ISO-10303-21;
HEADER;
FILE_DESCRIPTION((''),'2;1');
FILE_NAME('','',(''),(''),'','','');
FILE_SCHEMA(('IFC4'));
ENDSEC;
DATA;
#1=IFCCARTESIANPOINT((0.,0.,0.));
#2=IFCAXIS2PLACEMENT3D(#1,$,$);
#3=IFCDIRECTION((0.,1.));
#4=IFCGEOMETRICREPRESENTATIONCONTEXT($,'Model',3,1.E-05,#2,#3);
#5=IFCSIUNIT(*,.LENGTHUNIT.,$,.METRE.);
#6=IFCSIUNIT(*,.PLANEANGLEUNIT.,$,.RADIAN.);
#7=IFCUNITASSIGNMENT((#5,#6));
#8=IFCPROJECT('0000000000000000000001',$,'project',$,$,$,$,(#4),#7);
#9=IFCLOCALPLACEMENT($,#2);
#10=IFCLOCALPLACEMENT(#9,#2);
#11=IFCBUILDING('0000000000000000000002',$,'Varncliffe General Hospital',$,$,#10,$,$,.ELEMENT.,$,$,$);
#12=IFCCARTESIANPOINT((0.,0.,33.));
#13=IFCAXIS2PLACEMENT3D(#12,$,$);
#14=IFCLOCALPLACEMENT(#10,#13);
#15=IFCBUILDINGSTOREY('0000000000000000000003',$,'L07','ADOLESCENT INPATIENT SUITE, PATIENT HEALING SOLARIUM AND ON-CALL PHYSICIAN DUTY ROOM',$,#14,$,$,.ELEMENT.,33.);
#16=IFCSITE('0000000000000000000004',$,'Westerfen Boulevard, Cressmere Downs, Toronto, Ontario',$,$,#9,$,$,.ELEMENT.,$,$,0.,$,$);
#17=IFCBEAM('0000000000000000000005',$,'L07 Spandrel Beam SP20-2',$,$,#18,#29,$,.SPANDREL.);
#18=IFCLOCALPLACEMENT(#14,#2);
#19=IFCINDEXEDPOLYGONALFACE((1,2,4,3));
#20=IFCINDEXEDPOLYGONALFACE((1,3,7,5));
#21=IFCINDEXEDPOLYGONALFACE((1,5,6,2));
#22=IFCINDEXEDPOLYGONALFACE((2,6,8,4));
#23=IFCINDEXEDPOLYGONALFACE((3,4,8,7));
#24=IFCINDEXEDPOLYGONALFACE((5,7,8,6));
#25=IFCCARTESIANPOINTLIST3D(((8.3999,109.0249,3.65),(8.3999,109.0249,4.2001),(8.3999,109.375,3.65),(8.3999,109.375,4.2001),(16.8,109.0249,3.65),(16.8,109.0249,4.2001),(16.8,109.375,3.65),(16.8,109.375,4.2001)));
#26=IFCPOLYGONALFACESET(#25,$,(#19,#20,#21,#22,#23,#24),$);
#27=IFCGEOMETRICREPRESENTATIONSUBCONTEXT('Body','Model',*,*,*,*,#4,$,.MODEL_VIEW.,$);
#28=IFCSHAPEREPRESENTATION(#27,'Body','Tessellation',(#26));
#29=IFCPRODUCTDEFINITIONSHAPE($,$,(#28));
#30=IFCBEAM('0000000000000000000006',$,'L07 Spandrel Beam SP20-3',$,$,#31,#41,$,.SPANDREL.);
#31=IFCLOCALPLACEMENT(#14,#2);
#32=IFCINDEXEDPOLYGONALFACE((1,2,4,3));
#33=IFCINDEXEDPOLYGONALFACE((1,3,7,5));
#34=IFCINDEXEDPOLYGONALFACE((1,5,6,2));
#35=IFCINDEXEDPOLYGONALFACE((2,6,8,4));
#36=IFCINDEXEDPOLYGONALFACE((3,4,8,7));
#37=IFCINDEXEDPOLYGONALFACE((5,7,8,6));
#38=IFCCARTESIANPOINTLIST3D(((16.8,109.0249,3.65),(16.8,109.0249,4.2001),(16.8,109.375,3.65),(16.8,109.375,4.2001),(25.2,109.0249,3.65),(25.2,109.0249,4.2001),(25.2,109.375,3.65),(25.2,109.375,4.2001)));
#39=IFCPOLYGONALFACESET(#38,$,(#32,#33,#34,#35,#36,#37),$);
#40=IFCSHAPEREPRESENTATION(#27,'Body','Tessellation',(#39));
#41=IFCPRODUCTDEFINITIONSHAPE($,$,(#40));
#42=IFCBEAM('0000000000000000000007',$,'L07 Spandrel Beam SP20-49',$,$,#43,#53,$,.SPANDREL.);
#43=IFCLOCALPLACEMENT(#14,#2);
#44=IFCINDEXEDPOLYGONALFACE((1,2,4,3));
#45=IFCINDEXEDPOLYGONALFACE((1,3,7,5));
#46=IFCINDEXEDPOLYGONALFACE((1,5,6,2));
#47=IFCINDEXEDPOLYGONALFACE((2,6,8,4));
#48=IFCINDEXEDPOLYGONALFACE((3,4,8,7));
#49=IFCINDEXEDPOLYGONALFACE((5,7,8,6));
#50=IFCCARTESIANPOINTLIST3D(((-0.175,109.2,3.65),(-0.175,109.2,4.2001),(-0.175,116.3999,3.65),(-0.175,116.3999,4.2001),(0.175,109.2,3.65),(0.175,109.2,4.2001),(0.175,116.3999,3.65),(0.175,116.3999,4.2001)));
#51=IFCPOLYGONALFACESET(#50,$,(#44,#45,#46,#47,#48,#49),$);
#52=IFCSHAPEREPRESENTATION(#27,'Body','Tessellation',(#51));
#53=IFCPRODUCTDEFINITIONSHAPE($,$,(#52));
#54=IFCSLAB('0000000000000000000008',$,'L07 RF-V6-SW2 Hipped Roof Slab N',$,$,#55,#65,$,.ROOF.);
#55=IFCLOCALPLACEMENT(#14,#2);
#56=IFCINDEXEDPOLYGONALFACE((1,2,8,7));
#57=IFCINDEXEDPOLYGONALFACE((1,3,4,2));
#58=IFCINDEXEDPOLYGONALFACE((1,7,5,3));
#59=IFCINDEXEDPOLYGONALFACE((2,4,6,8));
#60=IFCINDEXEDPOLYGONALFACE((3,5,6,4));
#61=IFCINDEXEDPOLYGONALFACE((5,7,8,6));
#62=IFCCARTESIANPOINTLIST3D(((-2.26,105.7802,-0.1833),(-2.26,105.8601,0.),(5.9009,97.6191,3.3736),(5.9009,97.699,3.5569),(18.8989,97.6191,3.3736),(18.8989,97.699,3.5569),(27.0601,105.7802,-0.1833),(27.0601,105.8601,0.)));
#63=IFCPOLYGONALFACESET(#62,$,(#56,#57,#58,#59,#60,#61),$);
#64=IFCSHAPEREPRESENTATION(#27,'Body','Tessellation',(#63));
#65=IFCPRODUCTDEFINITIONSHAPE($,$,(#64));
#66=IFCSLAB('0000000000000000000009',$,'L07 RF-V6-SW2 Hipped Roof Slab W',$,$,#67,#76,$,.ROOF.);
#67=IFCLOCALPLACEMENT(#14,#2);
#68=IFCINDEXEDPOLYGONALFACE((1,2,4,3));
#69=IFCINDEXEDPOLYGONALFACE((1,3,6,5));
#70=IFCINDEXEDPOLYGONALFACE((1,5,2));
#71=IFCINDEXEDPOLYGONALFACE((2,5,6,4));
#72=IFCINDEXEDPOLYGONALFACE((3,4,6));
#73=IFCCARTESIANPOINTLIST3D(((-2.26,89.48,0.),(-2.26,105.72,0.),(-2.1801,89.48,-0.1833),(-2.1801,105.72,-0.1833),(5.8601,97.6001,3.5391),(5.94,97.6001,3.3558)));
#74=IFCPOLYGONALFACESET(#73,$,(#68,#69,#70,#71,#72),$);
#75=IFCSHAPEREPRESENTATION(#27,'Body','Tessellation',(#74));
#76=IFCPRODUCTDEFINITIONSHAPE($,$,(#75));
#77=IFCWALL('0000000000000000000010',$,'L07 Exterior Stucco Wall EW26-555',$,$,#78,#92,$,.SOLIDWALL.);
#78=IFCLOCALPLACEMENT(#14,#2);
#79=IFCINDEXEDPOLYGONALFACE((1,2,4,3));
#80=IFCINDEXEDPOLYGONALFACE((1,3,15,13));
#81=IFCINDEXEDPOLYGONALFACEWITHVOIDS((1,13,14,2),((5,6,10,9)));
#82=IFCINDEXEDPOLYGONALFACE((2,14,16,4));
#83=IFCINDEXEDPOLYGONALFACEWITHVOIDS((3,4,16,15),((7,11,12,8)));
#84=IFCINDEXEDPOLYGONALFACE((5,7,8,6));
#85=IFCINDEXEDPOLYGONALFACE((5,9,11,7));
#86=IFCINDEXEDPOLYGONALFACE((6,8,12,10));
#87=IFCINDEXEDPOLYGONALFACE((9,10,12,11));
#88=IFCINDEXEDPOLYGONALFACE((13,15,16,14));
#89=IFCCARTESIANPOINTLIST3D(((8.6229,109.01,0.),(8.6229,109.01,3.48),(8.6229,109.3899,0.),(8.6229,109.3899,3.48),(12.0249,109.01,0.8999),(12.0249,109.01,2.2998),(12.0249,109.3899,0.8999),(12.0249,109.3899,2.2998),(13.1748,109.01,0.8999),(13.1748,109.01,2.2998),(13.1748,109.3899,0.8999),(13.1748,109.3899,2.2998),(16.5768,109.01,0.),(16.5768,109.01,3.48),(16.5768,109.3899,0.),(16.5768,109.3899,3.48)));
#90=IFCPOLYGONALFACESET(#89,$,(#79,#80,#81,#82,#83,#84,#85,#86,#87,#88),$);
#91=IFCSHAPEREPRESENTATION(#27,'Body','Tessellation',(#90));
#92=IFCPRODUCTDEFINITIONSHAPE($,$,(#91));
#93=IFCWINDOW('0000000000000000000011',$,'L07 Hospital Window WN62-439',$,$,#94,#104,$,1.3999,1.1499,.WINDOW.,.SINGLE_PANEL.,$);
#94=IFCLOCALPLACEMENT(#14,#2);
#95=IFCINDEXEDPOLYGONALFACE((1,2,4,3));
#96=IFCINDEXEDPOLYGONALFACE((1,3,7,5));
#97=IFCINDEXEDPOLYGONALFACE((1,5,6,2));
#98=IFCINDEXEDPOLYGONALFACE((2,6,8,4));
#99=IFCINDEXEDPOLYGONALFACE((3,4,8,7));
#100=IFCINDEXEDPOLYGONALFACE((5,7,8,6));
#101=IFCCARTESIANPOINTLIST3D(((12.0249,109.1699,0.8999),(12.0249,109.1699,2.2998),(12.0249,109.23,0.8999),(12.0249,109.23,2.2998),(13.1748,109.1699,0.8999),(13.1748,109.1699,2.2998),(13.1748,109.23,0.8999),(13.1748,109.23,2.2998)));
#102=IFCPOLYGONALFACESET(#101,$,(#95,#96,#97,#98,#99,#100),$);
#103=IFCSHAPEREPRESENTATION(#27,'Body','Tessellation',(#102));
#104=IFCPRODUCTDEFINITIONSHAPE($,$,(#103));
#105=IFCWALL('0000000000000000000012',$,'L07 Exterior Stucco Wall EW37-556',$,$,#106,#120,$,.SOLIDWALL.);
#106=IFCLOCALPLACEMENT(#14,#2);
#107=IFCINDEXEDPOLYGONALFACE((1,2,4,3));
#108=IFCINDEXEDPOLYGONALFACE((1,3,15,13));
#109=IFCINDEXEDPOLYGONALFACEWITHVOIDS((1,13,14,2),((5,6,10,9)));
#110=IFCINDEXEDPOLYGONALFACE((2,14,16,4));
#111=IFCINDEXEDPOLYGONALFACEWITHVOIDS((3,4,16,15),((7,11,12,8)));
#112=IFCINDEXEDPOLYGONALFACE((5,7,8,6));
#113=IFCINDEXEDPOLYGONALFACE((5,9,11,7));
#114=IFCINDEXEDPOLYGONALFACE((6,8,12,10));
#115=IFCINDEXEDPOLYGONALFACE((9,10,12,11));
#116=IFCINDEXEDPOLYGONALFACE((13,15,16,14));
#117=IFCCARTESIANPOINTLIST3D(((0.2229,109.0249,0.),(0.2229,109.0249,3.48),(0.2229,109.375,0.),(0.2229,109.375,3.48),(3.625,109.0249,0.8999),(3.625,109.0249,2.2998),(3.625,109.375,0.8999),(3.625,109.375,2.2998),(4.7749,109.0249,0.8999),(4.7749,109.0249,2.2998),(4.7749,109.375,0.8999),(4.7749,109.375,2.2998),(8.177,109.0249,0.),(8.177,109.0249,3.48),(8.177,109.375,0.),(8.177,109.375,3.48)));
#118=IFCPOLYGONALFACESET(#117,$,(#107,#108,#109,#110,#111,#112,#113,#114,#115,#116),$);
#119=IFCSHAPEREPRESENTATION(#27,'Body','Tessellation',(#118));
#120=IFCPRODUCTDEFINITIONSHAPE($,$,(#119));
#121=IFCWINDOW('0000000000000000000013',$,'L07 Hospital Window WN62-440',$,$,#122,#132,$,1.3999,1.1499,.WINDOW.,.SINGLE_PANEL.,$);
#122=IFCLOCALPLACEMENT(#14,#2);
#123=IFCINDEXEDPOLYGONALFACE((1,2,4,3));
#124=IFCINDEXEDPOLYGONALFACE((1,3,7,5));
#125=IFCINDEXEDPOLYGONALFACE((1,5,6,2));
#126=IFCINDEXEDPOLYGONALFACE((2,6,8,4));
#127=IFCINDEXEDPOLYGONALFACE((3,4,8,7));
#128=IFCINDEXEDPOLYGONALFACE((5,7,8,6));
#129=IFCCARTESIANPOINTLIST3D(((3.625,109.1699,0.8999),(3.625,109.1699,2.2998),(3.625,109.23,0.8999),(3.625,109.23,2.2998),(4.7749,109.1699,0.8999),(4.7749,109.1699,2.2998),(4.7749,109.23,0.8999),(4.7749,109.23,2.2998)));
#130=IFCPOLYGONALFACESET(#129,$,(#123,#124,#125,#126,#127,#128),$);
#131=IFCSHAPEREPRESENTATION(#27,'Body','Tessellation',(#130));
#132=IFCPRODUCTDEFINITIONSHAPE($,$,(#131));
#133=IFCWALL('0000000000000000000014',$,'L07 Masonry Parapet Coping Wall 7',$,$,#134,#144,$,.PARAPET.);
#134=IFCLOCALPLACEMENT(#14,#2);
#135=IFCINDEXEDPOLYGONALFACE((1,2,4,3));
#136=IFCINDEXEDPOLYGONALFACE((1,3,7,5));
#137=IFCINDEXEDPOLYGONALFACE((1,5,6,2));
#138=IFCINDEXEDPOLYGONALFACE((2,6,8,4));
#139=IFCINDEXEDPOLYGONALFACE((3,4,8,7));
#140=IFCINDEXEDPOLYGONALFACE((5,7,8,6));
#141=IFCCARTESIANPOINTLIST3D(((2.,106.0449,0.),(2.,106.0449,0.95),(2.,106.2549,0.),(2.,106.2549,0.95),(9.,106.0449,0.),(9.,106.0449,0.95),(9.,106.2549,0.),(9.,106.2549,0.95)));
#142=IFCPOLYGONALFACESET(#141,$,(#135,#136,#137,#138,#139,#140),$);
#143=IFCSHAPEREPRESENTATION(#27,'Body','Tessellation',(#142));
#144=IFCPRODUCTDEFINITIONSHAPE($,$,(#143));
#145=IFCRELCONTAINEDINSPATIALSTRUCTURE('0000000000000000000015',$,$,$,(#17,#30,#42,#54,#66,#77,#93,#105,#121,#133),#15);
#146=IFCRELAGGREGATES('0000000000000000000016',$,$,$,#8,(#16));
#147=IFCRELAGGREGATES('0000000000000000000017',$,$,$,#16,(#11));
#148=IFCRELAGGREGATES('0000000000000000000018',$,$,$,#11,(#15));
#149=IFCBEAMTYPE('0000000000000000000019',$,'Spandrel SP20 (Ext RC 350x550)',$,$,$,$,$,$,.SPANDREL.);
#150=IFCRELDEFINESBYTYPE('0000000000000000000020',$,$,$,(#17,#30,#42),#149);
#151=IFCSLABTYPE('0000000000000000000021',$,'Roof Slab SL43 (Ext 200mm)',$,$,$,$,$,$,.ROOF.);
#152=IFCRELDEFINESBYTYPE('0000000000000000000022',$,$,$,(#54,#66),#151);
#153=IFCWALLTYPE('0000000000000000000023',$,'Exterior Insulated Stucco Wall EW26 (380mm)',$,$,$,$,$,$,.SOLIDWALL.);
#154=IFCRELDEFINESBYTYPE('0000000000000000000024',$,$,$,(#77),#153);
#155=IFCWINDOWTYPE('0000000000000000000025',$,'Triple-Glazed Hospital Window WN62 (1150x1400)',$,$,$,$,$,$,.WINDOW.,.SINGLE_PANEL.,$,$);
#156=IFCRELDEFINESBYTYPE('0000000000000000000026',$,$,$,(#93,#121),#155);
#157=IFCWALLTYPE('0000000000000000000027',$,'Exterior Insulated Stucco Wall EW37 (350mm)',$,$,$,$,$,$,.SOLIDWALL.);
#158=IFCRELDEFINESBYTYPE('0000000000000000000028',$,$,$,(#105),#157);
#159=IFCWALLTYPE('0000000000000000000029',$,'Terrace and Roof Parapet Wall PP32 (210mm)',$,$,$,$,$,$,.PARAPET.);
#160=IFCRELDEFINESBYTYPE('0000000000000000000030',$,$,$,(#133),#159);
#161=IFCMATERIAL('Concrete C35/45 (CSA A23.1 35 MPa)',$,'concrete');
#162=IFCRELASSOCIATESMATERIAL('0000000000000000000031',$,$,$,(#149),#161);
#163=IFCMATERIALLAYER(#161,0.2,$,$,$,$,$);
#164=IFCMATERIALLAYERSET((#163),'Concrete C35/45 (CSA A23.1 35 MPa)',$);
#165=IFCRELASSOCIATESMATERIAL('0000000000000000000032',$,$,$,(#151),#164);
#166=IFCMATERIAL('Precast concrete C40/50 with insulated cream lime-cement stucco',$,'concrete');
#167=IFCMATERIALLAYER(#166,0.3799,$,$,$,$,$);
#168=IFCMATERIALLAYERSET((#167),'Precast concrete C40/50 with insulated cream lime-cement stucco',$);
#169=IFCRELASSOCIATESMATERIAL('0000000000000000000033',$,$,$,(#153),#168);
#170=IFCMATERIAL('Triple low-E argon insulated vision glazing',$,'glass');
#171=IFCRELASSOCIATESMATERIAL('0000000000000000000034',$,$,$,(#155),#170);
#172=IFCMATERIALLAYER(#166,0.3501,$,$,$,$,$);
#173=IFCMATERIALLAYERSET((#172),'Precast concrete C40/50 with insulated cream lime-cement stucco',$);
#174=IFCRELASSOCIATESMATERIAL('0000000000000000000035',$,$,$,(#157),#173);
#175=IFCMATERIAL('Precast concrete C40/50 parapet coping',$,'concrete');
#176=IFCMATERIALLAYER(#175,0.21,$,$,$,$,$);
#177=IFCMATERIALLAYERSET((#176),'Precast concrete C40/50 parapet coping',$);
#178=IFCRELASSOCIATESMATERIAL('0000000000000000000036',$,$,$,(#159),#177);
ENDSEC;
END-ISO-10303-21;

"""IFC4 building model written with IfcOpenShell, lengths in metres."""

from ifc_helpers import new_model, si_unit, direction, frame, frame_2d, origin, origin_2d, place, context, subcontext, project, spatial, polyline, rectangle, outline, extrude, material, layer, layer_set, material_profile, profile_set, type_object, element, fill, save


model = new_model("IFC4")

# Units and contexts
model_context = context("Model", 3, precision=1e-05, world=origin(), true_north=direction((0.0, 1.0)))
body_context = subcontext(model_context, "Body", "Model", "MODEL_VIEW")
ifc_project = project(units=[si_unit("LENGTHUNIT", "METRE"), si_unit("PLANEANGLEUNIT", "RADIAN")], contexts=[model_context])

# Site, building, storey
site_placement = place(None, origin())
site = spatial("IfcSite", under=ifc_project, at=site_placement, Name="Westerfen Boulevard, Cressmere Downs, Toronto, Ontario", CompositionType="ELEMENT", RefElevation=0.0)
building_placement = place(site_placement, origin())
building = spatial("IfcBuilding", under=site, at=building_placement, Name="Varncliffe General Hospital", CompositionType="ELEMENT")
storey_placement = place(building_placement, frame((0.0, 0.0, 33.0)))
storey = spatial("IfcBuildingStorey", under=building, at=storey_placement, Name="L07", Description="ADOLESCENT INPATIENT SUITE, PATIENT HEALING SOLARIUM AND ON-CALL PHYSICIAN DUTY ROOM", CompositionType="ELEMENT", Elevation=33.0)

# Shared definitions
ifc_material_1 = material(Name="Concrete C35/45 (CSA A23.1 35 MPa)", Category="concrete")

# Beams
ifc_material_profile_1 = material_profile(ifc_material_1, rectangle(XDim=0.3501, YDim=0.55, at=origin_2d()), Name="RC 350x550")
ifc_profile_set_1 = profile_set([ifc_material_profile_1], Name="Concrete C35/45 (CSA A23.1 35 MPa)")
beam_type_1 = type_object("IfcBeamType", Name="Spandrel SP20 (Ext RC 350x550)", PredefinedType="SPANDREL", material=ifc_profile_set_1)
beam_1_placement = place(storey_placement, frame((8.3999, 109.2, 3.925), z_axis=(1.0, 0.0, 0.0), x_axis=(0.0, 1.0, 0.0)))
element("IfcBeam", 1, at=beam_1_placement, inside=storey, type_object=beam_type_1, Name="L07 Spandrel Beam SP20-2", PredefinedType="SPANDREL", context=body_context, shape_type="SweptSolid", body=[
    extrude(rectangle(XDim=0.3501, YDim=0.55, at=origin_2d()), origin(), (0.0, 0.0, 1.0), 8.4001),
])
beam_2_placement = place(storey_placement, frame((16.8, 109.2, 3.925), z_axis=(1.0, 0.0, 0.0), x_axis=(0.0, 1.0, 0.0)))
element("IfcBeam", 2, at=beam_2_placement, inside=storey, type_object=beam_type_1, Name="L07 Spandrel Beam SP20-3", PredefinedType="SPANDREL", context=body_context, shape_type="SweptSolid", body=[
    extrude(rectangle(XDim=0.3501, YDim=0.55, at=origin_2d()), origin(), (0.0, 0.0, 1.0), 8.3999),
])
beam_3_placement = place(storey_placement, frame((0.0, 109.2, 3.925), z_axis=(0.0, 1.0, 0.0), x_axis=(-1.0, 0.0, 0.0)))
element("IfcBeam", 3, at=beam_3_placement, inside=storey, type_object=beam_type_1, Name="L07 Spandrel Beam SP20-49", PredefinedType="SPANDREL", context=body_context, shape_type="SweptSolid", body=[
    extrude(rectangle(XDim=0.3501, YDim=0.55, at=origin_2d()), origin(), (0.0, 0.0, 1.0), 7.2),
])

# Slabs
ifc_layer_1 = layer(ifc_material_1, 0.2)
ifc_layer_set_1 = layer_set([ifc_layer_1], Name="Concrete C35/45 (CSA A23.1 35 MPa)")
slab_type = type_object("IfcSlabType", Name="Roof Slab SL43 (Ext 200mm)", PredefinedType="ROOF", material=ifc_layer_set_1)
slab_1_placement = place(storey_placement, frame((27.0601, 105.8601, 0.0), z_axis=(0.0, 0.399535, 0.916718), x_axis=(-1.0, 0.0, 0.0)))
element("IfcSlab", 4, at=slab_1_placement, inside=storey, type_object=slab_type, Name="L07 RF-V6-SW2 Hipped Roof Slab N", PredefinedType="ROOF", context=body_context, shape_type="SweptSolid", body=[
    extrude(outline(polyline([(0.0, 0.0), (29.3201, 0.0), (21.1592, 8.9026), (8.1611, 8.9026), (0.0, 0.0)])), origin(), (0.0, 0.0, -1.0), 0.2),
])
slab_2_placement = place(storey_placement, frame((-2.26, 105.72, 0.0), z_axis=(-0.39954, 0.0, 0.916716), x_axis=(0.0, -1.0, 0.0)))
element("IfcSlab", 5, at=slab_2_placement, inside=storey, type_object=slab_type, Name="L07 RF-V6-SW2 Hipped Roof Slab W", PredefinedType="ROOF", context=body_context, shape_type="SweptSolid", body=[
    extrude(outline(polyline([(0.0, 0.0), (16.24, 0.0), (8.1199, 8.8578), (0.0, 0.0)])), origin(), (0.0, 0.0, -1.0), 0.2),
])

# Walls, openings, windows
ifc_material_2 = material(Name="Precast concrete C40/50 with insulated cream lime-cement stucco", Category="concrete")
ifc_layer_2 = layer(ifc_material_2, 0.3799)
ifc_layer_set_2 = layer_set([ifc_layer_2], Name="Precast concrete C40/50 with insulated cream lime-cement stucco")
wall_type_1 = type_object("IfcWallType", Name="Exterior Insulated Stucco Wall EW26 (380mm)", PredefinedType="SOLIDWALL", material=ifc_layer_set_2)
wall_1_placement = place(storey_placement, frame((16.5769, 109.2, 0.0), z_axis=(0.0, 0.0, 1.0), x_axis=(-1.0, 0.0, 0.0)))
wall_1 = element("IfcWall", 6, at=wall_1_placement, inside=storey, type_object=wall_type_1, Name="L07 Exterior Stucco Wall EW26-555", PredefinedType="SOLIDWALL", context=body_context, shape_type="SweptSolid", body=[
    extrude(rectangle(XDim=7.9539, YDim=0.3799, at=frame_2d((3.9771, 0.0))), origin(), (0.0, 0.0, 1.0), 3.48),
])
opening_1_placement = place(wall_1_placement, frame((3.4021, 0.0, 0.8999)))
opening_1 = element("IfcOpeningElement", 7, at=opening_1_placement, cuts=wall_1, PredefinedType="OPENING", context=body_context, shape_type="SweptSolid", body=[
    extrude(rectangle(XDim=1.1499, YDim=1.3999, at=frame_2d((0.575, 0.7))), frame((0.0, 0.2, 0.0), z_axis=(0.0, -1.0, 0.0), x_axis=(1.0, 0.0, 0.0)), (0.0, 0.0, 1.0), 0.3999),
])
ifc_material_3 = material(Name="Triple low-E argon insulated vision glazing", Category="glass")
window_type = type_object("IfcWindowType", Name="Triple-Glazed Hospital Window WN62 (1150x1400)", PartitioningType="SINGLE_PANEL", PredefinedType="WINDOW", material=ifc_material_3)
window_1_placement = place(opening_1_placement, origin())
window_1 = element("IfcWindow", 8, at=window_1_placement, inside=storey, type_object=window_type, Name="L07 Hospital Window WN62-439", OverallHeight=1.3999, OverallWidth=1.1499, PartitioningType="SINGLE_PANEL", PredefinedType="WINDOW", context=body_context, shape_type="SweptSolid", body=[
    extrude(rectangle(XDim=1.1499, YDim=1.3999, at=frame_2d((0.575, 0.7))), frame((0.0, 0.03, 0.0), z_axis=(0.0, -1.0, 0.0), x_axis=(1.0, 0.0, 0.0)), (0.0, 0.0, 1.0), 0.0601),
])
fill(opening_1, window_1)
ifc_layer_3 = layer(ifc_material_2, 0.3501)
ifc_layer_set_3 = layer_set([ifc_layer_3], Name="Precast concrete C40/50 with insulated cream lime-cement stucco")
wall_type_2 = type_object("IfcWallType", Name="Exterior Insulated Stucco Wall EW37 (350mm)", PredefinedType="SOLIDWALL", material=ifc_layer_set_3)
wall_2_placement = place(storey_placement, frame((8.177, 109.2, 0.0), z_axis=(0.0, 0.0, 1.0), x_axis=(-1.0, 0.0, 0.0)))
wall_2 = element("IfcWall", 9, at=wall_2_placement, inside=storey, type_object=wall_type_2, Name="L07 Exterior Stucco Wall EW37-556", PredefinedType="SOLIDWALL", context=body_context, shape_type="SweptSolid", body=[
    extrude(rectangle(XDim=7.9541, YDim=0.3501, at=frame_2d((3.9771, 0.0))), origin(), (0.0, 0.0, 1.0), 3.48),
])
opening_2_placement = place(wall_2_placement, frame((3.4021, 0.0, 0.8999)))
opening_2 = element("IfcOpeningElement", 10, at=opening_2_placement, cuts=wall_2, PredefinedType="OPENING", context=body_context, shape_type="SweptSolid", body=[
    extrude(rectangle(XDim=1.1499, YDim=1.3999, at=frame_2d((0.575, 0.7))), frame((0.0, 0.1851, 0.0), z_axis=(0.0, -1.0, 0.0), x_axis=(1.0, 0.0, 0.0)), (0.0, 0.0, 1.0), 0.3701),
])
window_2_placement = place(opening_2_placement, origin())
window_2 = element("IfcWindow", 11, at=window_2_placement, inside=storey, type_object=window_type, Name="L07 Hospital Window WN62-440", OverallHeight=1.3999, OverallWidth=1.1499, PartitioningType="SINGLE_PANEL", PredefinedType="WINDOW", context=body_context, shape_type="SweptSolid", body=[
    extrude(rectangle(XDim=1.1499, YDim=1.3999, at=frame_2d((0.575, 0.7))), frame((0.0, 0.03, 0.0), z_axis=(0.0, -1.0, 0.0), x_axis=(1.0, 0.0, 0.0)), (0.0, 0.0, 1.0), 0.0601),
])
fill(opening_2, window_2)

# Wall
ifc_material_4 = material(Name="Precast concrete C40/50 parapet coping", Category="concrete")
ifc_layer_4 = layer(ifc_material_4, 0.21)
ifc_layer_set_4 = layer_set([ifc_layer_4], Name="Precast concrete C40/50 parapet coping")
wall_type_3 = type_object("IfcWallType", Name="Terrace and Roof Parapet Wall PP32 (210mm)", PredefinedType="PARAPET", material=ifc_layer_set_4)
wall_3_placement = place(storey_placement, frame((2.0, 106.1499, 0.0), z_axis=(0.0, 0.0, 1.0), x_axis=(1.0, 0.0, 0.0)))
element("IfcWall", 12, at=wall_3_placement, inside=storey, type_object=wall_type_3, Name="L07 Masonry Parapet Coping Wall 7", PredefinedType="PARAPET", context=body_context, shape_type="SweptSolid", body=[
    extrude(rectangle(XDim=7.0, YDim=0.21, at=frame_2d((3.5, 0.0))), origin(), (0.0, 0.0, 1.0), 0.95),
])

save(model, "model.ifc")
